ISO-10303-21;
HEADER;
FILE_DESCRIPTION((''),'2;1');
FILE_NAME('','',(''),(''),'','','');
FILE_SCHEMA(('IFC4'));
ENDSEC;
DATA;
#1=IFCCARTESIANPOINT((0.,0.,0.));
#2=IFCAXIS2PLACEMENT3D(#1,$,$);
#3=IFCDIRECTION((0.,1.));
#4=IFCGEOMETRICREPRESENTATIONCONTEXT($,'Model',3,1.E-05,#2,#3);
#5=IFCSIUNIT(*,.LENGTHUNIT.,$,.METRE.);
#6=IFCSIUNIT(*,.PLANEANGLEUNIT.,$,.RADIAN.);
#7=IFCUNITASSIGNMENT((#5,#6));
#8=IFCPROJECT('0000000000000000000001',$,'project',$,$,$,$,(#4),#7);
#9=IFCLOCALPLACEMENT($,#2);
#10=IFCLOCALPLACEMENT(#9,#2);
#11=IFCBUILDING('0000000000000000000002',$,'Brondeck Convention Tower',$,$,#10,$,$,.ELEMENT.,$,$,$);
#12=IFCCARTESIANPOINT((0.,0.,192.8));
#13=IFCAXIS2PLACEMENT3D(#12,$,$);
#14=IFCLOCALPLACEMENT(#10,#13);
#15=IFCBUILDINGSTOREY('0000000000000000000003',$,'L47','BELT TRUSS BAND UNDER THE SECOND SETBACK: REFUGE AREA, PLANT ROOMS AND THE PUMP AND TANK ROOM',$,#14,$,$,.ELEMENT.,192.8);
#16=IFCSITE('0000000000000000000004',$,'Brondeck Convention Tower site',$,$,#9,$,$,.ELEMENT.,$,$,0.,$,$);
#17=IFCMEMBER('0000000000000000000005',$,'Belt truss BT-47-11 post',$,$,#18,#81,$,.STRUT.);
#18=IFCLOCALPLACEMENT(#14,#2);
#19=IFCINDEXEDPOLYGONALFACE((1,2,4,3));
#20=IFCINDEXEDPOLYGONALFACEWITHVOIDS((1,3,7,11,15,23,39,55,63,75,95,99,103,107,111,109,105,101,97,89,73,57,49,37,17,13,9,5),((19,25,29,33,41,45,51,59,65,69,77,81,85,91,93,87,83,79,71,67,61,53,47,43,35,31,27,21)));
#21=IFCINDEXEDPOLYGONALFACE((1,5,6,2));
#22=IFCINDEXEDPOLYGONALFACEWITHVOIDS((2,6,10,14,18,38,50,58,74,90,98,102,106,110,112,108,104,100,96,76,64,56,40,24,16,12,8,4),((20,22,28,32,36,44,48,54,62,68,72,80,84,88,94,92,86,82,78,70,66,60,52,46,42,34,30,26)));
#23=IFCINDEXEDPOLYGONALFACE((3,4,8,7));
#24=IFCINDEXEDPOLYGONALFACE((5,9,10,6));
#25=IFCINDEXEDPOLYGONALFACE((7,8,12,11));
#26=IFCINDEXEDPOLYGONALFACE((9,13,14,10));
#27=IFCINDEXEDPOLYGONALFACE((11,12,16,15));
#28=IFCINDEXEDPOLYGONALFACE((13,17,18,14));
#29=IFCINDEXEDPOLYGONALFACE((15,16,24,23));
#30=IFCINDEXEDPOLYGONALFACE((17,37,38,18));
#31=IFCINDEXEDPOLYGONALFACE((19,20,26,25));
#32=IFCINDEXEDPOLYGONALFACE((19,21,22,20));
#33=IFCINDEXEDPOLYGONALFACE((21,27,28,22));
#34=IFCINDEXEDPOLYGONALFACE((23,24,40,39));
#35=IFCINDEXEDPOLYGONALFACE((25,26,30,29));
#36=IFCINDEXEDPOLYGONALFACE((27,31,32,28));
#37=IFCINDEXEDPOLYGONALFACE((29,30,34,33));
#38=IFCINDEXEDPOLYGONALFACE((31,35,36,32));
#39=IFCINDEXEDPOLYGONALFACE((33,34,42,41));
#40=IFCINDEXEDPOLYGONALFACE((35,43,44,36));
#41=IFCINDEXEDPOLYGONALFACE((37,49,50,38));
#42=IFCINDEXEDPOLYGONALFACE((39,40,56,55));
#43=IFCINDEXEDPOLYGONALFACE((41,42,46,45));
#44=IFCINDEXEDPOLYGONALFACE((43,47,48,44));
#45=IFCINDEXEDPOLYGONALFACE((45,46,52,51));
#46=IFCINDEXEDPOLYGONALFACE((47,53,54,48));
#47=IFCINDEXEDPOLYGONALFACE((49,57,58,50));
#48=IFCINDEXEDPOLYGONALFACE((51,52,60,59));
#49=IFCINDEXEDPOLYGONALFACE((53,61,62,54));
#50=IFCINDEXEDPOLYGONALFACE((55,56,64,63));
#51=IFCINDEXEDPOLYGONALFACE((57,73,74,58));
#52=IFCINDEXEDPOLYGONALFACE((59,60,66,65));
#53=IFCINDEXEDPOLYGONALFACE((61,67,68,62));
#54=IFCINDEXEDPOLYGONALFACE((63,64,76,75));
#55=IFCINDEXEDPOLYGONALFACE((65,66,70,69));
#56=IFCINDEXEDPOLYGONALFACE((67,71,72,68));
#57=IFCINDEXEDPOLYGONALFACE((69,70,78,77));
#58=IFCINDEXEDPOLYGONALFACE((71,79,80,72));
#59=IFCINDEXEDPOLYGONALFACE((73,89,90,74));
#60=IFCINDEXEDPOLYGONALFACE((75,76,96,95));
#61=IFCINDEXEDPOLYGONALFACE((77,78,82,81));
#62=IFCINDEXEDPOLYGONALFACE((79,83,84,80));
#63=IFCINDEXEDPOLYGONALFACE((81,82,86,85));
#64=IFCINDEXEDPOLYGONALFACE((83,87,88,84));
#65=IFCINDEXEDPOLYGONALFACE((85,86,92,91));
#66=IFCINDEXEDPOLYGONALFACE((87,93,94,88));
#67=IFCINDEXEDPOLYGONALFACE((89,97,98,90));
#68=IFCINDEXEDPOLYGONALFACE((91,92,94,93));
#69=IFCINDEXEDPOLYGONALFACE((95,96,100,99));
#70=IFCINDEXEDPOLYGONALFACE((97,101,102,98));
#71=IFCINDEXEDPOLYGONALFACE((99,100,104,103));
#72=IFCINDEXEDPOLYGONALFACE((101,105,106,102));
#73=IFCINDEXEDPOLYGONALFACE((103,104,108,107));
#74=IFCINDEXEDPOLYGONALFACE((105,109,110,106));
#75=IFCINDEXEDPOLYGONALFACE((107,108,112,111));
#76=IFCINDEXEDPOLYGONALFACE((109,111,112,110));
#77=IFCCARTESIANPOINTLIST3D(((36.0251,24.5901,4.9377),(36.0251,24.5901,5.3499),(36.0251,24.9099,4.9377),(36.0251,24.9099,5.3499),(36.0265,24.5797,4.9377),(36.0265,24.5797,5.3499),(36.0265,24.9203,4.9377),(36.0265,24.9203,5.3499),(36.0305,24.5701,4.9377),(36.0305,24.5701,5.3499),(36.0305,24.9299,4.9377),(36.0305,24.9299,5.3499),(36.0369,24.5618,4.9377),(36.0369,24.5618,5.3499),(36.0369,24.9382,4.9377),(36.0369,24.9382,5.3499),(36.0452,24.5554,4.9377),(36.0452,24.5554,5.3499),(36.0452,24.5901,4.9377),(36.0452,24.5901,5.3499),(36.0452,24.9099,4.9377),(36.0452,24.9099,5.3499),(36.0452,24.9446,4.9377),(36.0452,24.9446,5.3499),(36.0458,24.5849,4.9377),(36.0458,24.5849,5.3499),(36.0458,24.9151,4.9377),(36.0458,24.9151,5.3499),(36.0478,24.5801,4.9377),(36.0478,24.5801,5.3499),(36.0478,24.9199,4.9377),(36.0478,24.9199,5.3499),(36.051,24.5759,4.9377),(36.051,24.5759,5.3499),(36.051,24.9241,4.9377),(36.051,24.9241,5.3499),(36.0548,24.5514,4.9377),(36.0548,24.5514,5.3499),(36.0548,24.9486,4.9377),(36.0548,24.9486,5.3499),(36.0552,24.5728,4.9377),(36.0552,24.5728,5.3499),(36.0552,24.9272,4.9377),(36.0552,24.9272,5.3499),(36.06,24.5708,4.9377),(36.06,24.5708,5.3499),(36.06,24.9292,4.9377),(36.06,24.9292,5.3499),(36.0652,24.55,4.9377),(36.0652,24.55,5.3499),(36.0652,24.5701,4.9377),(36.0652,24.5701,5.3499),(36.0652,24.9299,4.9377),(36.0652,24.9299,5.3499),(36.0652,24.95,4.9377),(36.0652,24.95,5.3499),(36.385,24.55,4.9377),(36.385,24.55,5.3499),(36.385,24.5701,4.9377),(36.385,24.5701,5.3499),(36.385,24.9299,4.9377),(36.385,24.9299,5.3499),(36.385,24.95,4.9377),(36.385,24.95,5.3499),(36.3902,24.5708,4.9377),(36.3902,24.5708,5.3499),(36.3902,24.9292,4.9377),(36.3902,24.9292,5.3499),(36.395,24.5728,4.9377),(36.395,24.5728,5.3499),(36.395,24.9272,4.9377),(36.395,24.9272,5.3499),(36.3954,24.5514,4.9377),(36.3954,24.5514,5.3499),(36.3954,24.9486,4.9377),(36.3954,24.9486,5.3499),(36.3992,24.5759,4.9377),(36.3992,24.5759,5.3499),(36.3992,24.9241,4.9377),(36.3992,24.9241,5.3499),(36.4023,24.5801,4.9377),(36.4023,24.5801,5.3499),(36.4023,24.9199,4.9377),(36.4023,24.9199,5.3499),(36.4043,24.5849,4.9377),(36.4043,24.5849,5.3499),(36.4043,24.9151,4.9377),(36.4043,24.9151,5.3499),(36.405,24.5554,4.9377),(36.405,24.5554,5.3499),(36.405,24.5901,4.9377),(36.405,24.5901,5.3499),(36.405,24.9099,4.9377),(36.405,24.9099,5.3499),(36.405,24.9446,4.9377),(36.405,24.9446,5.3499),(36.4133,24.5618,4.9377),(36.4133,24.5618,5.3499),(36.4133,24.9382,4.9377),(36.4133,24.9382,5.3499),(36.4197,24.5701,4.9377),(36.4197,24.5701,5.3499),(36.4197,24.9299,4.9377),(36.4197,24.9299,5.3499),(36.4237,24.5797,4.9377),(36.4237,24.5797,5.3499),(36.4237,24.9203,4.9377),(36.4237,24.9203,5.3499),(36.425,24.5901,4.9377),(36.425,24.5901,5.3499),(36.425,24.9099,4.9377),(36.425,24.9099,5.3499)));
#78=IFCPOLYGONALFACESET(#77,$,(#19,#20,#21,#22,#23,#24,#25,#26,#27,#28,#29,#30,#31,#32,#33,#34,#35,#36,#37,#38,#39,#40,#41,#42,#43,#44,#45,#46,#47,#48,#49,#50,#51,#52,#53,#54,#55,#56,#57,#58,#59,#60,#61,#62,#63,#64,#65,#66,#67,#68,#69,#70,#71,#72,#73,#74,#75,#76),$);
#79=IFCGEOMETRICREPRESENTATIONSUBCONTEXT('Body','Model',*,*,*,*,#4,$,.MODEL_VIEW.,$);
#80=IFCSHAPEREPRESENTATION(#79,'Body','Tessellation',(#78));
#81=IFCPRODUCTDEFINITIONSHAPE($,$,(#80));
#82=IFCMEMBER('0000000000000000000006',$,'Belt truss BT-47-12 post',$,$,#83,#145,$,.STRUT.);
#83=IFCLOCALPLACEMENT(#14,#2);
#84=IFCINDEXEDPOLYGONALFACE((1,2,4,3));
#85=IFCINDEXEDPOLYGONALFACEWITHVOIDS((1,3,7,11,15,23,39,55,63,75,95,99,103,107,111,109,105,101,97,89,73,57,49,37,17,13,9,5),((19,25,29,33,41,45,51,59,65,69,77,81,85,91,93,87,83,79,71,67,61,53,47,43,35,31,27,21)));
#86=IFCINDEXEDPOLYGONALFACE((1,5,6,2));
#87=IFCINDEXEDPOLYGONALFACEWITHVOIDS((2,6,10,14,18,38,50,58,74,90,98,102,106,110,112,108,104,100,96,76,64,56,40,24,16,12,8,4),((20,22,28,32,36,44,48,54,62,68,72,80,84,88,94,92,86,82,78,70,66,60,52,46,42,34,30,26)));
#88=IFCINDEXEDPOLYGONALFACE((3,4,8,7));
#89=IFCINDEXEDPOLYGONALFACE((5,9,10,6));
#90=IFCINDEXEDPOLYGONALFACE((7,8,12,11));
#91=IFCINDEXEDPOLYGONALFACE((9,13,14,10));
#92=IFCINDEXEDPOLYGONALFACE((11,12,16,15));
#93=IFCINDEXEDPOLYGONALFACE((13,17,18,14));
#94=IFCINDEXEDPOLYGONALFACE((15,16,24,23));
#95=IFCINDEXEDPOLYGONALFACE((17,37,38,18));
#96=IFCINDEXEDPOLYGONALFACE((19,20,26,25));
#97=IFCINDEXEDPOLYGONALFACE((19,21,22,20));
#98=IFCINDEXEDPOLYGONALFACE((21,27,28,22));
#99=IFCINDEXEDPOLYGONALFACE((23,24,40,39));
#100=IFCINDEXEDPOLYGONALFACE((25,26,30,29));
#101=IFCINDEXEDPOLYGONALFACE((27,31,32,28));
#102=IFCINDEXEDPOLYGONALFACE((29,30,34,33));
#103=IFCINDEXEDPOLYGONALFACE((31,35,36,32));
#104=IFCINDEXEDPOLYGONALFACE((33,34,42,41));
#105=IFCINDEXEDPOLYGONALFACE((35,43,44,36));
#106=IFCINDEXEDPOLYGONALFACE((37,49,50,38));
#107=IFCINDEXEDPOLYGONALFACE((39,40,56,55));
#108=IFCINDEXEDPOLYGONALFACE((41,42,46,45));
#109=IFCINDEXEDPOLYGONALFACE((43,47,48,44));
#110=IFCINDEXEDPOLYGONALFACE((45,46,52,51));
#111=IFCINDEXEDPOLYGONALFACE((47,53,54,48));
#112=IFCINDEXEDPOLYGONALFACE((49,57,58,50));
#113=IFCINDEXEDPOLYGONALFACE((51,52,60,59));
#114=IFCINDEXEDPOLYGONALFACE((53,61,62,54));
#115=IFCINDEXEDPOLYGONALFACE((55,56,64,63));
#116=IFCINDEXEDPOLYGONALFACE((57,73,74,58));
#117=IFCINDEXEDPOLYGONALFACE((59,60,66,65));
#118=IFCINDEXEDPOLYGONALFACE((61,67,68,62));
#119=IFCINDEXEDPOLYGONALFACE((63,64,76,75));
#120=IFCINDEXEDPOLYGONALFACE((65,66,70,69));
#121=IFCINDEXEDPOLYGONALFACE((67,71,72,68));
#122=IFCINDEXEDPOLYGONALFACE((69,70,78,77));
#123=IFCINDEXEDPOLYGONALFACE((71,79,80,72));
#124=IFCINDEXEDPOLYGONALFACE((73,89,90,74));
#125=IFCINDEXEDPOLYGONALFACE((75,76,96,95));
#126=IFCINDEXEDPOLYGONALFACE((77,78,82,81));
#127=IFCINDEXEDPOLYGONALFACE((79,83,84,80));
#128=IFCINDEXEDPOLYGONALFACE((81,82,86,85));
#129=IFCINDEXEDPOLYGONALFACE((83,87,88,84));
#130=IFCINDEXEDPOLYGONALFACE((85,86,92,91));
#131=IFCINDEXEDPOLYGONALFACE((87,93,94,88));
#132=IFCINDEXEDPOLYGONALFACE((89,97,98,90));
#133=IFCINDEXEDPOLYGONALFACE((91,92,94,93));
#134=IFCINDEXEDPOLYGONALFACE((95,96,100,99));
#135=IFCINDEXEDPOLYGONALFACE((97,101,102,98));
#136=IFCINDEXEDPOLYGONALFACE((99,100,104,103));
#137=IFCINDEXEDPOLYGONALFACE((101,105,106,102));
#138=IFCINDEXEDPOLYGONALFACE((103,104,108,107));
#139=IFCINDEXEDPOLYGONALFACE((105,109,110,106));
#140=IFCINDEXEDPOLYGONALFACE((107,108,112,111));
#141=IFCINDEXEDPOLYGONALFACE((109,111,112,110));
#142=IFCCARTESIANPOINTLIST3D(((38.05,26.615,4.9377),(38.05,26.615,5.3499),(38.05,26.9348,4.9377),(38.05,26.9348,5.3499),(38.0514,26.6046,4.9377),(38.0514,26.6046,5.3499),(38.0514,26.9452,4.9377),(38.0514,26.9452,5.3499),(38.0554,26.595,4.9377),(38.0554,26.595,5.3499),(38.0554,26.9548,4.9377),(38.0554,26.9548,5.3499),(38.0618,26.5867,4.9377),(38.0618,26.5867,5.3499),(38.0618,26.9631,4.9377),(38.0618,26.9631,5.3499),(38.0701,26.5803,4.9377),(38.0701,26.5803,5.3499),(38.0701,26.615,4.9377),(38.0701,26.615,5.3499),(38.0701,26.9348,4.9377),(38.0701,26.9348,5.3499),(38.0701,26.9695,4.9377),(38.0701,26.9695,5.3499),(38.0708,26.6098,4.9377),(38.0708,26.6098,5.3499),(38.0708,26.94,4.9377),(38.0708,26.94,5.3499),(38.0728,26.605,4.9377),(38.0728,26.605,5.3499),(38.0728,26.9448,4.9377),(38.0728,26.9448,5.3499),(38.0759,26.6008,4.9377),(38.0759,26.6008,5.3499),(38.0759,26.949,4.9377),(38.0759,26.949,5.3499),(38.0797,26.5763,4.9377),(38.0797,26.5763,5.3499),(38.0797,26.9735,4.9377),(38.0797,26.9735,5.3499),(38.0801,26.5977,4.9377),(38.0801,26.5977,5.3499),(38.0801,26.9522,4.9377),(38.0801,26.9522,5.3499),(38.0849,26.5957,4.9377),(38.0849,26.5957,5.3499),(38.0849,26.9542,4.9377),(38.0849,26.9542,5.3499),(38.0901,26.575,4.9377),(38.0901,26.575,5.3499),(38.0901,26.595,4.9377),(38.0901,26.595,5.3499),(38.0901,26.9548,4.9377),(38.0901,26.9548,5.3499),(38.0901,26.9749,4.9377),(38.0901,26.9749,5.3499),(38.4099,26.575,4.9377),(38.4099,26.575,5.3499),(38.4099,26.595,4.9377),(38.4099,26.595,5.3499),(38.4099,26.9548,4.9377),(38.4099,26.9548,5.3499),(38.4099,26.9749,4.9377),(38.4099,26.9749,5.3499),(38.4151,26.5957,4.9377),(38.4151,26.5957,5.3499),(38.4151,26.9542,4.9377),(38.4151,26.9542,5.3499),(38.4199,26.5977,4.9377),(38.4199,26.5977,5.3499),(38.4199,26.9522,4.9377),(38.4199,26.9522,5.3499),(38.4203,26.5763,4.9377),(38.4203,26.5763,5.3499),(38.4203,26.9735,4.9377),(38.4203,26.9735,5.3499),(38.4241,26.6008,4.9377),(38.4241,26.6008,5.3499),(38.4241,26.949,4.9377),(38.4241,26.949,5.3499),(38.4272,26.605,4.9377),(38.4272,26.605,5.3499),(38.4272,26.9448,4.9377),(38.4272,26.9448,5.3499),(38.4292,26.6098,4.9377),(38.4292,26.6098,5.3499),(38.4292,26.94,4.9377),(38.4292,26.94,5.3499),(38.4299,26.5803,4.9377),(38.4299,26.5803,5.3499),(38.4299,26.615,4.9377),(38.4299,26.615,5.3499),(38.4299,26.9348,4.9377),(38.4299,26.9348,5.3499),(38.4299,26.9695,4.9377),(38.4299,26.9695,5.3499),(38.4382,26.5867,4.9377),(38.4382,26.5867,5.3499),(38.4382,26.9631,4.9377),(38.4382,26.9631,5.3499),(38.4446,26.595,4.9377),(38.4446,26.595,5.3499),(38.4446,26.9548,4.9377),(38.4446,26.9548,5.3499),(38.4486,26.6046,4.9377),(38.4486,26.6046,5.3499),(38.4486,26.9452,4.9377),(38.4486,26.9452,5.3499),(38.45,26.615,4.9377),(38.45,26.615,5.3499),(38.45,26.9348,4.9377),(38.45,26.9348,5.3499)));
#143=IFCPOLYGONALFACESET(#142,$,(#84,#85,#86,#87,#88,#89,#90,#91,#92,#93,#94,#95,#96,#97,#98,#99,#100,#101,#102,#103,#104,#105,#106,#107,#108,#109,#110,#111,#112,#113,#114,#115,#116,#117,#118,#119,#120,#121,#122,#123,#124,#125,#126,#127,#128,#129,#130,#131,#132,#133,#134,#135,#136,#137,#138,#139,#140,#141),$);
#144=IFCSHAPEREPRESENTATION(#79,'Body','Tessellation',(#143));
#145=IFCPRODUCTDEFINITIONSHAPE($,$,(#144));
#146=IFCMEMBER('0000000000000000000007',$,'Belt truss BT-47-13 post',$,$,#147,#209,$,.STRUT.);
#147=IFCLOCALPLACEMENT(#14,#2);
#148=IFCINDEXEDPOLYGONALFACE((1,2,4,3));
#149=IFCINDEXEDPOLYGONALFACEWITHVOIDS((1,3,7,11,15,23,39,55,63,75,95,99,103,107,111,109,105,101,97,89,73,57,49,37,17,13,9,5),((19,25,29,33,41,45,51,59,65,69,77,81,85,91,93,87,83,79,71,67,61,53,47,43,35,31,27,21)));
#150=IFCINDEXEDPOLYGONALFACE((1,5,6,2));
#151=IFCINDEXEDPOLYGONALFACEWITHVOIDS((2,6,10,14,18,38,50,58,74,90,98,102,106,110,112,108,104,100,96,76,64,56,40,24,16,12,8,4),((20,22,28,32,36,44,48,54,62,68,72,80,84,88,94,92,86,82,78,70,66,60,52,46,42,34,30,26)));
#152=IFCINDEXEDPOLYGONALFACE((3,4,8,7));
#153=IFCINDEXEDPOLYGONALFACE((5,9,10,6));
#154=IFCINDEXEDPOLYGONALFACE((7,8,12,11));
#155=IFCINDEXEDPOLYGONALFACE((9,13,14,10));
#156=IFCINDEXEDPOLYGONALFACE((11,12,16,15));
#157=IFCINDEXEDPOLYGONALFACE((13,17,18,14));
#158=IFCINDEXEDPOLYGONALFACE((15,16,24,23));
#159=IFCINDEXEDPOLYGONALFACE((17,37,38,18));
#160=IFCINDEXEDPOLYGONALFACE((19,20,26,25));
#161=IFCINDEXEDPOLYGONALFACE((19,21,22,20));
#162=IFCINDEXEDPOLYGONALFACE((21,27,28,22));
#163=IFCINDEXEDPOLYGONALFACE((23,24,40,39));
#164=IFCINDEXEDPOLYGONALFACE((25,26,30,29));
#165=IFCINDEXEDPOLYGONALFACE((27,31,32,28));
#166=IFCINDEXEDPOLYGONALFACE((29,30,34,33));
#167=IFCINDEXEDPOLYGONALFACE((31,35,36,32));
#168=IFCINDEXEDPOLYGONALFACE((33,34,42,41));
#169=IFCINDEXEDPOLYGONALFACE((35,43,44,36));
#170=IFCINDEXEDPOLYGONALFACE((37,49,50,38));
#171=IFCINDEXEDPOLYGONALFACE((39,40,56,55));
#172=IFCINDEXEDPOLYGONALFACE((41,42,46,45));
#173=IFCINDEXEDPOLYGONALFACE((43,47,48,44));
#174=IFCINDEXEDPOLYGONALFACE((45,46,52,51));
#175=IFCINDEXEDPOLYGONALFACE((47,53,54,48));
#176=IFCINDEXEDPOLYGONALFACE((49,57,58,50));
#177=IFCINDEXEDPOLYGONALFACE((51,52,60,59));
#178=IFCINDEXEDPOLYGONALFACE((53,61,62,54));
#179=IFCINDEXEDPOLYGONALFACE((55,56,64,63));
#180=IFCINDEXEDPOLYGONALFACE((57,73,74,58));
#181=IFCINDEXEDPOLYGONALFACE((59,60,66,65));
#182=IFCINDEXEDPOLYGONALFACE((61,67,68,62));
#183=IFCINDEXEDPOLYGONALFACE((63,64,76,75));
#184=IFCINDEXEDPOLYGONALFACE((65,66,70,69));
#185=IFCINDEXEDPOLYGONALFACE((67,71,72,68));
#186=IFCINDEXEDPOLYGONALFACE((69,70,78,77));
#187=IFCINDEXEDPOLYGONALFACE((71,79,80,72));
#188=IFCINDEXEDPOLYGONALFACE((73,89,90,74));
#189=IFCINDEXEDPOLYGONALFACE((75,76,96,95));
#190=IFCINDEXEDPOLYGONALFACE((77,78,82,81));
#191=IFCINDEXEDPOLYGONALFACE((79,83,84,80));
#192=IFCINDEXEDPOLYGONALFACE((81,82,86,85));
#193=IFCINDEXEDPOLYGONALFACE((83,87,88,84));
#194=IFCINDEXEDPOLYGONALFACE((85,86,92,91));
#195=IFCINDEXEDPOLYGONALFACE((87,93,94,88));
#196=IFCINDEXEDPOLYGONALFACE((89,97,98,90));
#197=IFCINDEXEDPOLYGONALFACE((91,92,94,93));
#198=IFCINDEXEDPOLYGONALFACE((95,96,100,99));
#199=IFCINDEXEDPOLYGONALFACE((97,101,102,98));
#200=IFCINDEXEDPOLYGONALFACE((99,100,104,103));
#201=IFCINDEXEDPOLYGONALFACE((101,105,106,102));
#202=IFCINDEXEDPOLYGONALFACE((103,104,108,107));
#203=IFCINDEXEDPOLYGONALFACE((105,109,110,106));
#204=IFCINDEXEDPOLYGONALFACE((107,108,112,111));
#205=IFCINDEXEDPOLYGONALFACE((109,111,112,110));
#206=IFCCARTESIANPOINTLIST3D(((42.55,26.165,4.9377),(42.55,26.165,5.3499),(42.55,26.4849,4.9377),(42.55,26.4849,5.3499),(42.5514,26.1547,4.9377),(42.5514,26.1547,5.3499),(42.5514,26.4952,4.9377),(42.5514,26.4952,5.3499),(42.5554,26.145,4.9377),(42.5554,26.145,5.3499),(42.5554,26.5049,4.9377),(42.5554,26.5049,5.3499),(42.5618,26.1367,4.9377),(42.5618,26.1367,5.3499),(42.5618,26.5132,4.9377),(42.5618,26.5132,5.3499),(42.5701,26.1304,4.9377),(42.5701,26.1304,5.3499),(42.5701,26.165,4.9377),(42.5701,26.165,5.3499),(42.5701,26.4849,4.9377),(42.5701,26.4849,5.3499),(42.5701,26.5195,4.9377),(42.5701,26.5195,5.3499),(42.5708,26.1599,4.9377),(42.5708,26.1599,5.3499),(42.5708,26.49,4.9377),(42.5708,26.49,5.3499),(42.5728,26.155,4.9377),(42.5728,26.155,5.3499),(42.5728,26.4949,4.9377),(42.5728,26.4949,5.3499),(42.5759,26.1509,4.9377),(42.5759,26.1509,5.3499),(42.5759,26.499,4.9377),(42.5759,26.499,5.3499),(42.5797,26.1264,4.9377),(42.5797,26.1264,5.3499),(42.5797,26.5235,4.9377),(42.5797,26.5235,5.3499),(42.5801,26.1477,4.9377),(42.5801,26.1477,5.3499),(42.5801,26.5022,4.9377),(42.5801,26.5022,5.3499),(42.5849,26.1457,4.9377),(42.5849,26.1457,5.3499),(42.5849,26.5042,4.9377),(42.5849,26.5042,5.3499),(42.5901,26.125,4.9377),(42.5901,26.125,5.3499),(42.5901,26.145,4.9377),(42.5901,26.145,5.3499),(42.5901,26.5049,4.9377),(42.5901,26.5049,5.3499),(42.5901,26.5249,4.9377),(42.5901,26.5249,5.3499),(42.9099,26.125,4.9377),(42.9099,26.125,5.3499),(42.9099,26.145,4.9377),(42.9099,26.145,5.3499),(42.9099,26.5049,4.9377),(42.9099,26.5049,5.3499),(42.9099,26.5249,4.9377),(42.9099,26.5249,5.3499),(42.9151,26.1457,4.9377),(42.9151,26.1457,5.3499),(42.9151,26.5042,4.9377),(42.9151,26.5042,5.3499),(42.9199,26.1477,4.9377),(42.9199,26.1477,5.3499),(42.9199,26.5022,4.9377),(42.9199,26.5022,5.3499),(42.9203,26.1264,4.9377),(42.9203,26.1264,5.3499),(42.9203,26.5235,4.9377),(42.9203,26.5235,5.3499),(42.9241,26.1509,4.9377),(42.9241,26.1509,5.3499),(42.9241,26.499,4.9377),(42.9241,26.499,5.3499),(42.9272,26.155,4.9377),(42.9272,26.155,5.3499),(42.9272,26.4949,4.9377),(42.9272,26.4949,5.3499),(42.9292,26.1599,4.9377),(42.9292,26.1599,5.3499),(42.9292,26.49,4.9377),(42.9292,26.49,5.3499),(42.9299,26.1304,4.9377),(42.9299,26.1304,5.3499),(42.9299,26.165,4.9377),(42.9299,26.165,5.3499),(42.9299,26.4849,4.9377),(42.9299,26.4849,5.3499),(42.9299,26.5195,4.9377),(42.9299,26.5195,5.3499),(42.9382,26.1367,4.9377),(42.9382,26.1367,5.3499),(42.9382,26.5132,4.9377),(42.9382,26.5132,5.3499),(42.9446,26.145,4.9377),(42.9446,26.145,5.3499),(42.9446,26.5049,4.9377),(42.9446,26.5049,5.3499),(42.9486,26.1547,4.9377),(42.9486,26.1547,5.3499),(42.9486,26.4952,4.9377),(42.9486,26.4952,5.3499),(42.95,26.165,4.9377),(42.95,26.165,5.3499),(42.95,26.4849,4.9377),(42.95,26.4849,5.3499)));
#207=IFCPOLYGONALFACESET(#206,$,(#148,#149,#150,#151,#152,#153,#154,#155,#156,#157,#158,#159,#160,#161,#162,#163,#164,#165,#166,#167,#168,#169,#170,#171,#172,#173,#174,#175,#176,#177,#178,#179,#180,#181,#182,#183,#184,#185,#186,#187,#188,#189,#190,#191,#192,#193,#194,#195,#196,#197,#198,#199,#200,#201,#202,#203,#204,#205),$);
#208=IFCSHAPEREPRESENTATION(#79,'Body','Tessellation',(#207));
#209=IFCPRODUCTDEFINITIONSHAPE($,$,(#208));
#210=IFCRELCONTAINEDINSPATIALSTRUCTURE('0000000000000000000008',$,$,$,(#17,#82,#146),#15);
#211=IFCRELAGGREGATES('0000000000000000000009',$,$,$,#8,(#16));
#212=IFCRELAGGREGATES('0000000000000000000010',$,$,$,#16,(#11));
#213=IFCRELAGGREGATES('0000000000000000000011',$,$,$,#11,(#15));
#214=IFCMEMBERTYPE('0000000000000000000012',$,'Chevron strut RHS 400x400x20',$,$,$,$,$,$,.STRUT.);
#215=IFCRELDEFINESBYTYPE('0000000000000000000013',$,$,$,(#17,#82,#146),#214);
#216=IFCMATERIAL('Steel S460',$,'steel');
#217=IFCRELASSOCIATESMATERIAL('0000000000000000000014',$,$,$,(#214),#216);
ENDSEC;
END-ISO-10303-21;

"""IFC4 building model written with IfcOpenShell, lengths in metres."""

from ifc_helpers import new_model, si_unit, direction, frame, origin, origin_2d, place, context, subcontext, project, spatial, hollow_rectangle, extrude, material, material_profile, profile_set, type_object, element, save


model = new_model("IFC4")

# Units and contexts
model_context = context("Model", 3, precision=1e-05, world=origin(), true_north=direction((0.0, 1.0)))
body_context = subcontext(model_context, "Body", "Model", "MODEL_VIEW")
ifc_project = project(units=[si_unit("LENGTHUNIT", "METRE"), si_unit("PLANEANGLEUNIT", "RADIAN")], contexts=[model_context])

# Site, building, storey
site_placement = place(None, origin())
site = spatial("IfcSite", under=ifc_project, at=site_placement, Name="Brondeck Convention Tower site", CompositionType="ELEMENT", RefElevation=0.0)
building_placement = place(site_placement, origin())
building = spatial("IfcBuilding", under=site, at=building_placement, Name="Brondeck Convention Tower", CompositionType="ELEMENT")
storey_placement = place(building_placement, frame((0.0, 0.0, 192.8)))
storey = spatial("IfcBuildingStorey", under=building, at=storey_placement, Name="L47", Description="BELT TRUSS BAND UNDER THE SECOND SETBACK: REFUGE AREA, PLANT ROOMS AND THE PUMP AND TANK ROOM", CompositionType="ELEMENT", Elevation=192.8)

# Members
ifc_material_1 = material(Name="Steel S460", Category="steel")
ifc_material_profile_1 = material_profile(ifc_material_1, hollow_rectangle(XDim=0.3999, YDim=0.3999, WallThickness=0.02, InnerFilletRadius=0.02, OuterFilletRadius=0.04, at=origin_2d()), Name="RHS 400x400x20")
ifc_profile_set_1 = profile_set([ifc_material_profile_1], Name="Steel S460")
member_type_1 = type_object("IfcMemberType", Name="Chevron strut RHS 400x400x20", PredefinedType="STRUT", material=ifc_profile_set_1)
for number, where, z_axis, x_axis, name in (
    (1, (36.2251, 24.75, 4.9377), (0.0, 0.0, 1.0), (1.0, 0.0, 0.0), "Belt truss BT-47-11 post"),
    (2, (38.25, 26.7749, 4.9377), (0.0, 0.0, 1.0), (1.0, 0.0, 0.0), "Belt truss BT-47-12 post"),
    (3, (42.75, 26.325, 4.9377), (0.0, 0.0, 1.0), (1.0, 0.0, 0.0), "Belt truss BT-47-13 post"),
):
    element("IfcMember", number, at=place(storey_placement, frame(where, z_axis=z_axis, x_axis=x_axis)), inside=storey, type_object=member_type_1, Name=name, PredefinedType="STRUT", context=body_context, shape_type="SweptSolid", body=[
        extrude(hollow_rectangle(XDim=0.3999, YDim=0.3999, WallThickness=0.02, InnerFilletRadius=0.02, OuterFilletRadius=0.04, at=origin_2d()), origin(), (0.0, 0.0, 1.0), 0.4121),
    ])

save(model, "model.ifc")
